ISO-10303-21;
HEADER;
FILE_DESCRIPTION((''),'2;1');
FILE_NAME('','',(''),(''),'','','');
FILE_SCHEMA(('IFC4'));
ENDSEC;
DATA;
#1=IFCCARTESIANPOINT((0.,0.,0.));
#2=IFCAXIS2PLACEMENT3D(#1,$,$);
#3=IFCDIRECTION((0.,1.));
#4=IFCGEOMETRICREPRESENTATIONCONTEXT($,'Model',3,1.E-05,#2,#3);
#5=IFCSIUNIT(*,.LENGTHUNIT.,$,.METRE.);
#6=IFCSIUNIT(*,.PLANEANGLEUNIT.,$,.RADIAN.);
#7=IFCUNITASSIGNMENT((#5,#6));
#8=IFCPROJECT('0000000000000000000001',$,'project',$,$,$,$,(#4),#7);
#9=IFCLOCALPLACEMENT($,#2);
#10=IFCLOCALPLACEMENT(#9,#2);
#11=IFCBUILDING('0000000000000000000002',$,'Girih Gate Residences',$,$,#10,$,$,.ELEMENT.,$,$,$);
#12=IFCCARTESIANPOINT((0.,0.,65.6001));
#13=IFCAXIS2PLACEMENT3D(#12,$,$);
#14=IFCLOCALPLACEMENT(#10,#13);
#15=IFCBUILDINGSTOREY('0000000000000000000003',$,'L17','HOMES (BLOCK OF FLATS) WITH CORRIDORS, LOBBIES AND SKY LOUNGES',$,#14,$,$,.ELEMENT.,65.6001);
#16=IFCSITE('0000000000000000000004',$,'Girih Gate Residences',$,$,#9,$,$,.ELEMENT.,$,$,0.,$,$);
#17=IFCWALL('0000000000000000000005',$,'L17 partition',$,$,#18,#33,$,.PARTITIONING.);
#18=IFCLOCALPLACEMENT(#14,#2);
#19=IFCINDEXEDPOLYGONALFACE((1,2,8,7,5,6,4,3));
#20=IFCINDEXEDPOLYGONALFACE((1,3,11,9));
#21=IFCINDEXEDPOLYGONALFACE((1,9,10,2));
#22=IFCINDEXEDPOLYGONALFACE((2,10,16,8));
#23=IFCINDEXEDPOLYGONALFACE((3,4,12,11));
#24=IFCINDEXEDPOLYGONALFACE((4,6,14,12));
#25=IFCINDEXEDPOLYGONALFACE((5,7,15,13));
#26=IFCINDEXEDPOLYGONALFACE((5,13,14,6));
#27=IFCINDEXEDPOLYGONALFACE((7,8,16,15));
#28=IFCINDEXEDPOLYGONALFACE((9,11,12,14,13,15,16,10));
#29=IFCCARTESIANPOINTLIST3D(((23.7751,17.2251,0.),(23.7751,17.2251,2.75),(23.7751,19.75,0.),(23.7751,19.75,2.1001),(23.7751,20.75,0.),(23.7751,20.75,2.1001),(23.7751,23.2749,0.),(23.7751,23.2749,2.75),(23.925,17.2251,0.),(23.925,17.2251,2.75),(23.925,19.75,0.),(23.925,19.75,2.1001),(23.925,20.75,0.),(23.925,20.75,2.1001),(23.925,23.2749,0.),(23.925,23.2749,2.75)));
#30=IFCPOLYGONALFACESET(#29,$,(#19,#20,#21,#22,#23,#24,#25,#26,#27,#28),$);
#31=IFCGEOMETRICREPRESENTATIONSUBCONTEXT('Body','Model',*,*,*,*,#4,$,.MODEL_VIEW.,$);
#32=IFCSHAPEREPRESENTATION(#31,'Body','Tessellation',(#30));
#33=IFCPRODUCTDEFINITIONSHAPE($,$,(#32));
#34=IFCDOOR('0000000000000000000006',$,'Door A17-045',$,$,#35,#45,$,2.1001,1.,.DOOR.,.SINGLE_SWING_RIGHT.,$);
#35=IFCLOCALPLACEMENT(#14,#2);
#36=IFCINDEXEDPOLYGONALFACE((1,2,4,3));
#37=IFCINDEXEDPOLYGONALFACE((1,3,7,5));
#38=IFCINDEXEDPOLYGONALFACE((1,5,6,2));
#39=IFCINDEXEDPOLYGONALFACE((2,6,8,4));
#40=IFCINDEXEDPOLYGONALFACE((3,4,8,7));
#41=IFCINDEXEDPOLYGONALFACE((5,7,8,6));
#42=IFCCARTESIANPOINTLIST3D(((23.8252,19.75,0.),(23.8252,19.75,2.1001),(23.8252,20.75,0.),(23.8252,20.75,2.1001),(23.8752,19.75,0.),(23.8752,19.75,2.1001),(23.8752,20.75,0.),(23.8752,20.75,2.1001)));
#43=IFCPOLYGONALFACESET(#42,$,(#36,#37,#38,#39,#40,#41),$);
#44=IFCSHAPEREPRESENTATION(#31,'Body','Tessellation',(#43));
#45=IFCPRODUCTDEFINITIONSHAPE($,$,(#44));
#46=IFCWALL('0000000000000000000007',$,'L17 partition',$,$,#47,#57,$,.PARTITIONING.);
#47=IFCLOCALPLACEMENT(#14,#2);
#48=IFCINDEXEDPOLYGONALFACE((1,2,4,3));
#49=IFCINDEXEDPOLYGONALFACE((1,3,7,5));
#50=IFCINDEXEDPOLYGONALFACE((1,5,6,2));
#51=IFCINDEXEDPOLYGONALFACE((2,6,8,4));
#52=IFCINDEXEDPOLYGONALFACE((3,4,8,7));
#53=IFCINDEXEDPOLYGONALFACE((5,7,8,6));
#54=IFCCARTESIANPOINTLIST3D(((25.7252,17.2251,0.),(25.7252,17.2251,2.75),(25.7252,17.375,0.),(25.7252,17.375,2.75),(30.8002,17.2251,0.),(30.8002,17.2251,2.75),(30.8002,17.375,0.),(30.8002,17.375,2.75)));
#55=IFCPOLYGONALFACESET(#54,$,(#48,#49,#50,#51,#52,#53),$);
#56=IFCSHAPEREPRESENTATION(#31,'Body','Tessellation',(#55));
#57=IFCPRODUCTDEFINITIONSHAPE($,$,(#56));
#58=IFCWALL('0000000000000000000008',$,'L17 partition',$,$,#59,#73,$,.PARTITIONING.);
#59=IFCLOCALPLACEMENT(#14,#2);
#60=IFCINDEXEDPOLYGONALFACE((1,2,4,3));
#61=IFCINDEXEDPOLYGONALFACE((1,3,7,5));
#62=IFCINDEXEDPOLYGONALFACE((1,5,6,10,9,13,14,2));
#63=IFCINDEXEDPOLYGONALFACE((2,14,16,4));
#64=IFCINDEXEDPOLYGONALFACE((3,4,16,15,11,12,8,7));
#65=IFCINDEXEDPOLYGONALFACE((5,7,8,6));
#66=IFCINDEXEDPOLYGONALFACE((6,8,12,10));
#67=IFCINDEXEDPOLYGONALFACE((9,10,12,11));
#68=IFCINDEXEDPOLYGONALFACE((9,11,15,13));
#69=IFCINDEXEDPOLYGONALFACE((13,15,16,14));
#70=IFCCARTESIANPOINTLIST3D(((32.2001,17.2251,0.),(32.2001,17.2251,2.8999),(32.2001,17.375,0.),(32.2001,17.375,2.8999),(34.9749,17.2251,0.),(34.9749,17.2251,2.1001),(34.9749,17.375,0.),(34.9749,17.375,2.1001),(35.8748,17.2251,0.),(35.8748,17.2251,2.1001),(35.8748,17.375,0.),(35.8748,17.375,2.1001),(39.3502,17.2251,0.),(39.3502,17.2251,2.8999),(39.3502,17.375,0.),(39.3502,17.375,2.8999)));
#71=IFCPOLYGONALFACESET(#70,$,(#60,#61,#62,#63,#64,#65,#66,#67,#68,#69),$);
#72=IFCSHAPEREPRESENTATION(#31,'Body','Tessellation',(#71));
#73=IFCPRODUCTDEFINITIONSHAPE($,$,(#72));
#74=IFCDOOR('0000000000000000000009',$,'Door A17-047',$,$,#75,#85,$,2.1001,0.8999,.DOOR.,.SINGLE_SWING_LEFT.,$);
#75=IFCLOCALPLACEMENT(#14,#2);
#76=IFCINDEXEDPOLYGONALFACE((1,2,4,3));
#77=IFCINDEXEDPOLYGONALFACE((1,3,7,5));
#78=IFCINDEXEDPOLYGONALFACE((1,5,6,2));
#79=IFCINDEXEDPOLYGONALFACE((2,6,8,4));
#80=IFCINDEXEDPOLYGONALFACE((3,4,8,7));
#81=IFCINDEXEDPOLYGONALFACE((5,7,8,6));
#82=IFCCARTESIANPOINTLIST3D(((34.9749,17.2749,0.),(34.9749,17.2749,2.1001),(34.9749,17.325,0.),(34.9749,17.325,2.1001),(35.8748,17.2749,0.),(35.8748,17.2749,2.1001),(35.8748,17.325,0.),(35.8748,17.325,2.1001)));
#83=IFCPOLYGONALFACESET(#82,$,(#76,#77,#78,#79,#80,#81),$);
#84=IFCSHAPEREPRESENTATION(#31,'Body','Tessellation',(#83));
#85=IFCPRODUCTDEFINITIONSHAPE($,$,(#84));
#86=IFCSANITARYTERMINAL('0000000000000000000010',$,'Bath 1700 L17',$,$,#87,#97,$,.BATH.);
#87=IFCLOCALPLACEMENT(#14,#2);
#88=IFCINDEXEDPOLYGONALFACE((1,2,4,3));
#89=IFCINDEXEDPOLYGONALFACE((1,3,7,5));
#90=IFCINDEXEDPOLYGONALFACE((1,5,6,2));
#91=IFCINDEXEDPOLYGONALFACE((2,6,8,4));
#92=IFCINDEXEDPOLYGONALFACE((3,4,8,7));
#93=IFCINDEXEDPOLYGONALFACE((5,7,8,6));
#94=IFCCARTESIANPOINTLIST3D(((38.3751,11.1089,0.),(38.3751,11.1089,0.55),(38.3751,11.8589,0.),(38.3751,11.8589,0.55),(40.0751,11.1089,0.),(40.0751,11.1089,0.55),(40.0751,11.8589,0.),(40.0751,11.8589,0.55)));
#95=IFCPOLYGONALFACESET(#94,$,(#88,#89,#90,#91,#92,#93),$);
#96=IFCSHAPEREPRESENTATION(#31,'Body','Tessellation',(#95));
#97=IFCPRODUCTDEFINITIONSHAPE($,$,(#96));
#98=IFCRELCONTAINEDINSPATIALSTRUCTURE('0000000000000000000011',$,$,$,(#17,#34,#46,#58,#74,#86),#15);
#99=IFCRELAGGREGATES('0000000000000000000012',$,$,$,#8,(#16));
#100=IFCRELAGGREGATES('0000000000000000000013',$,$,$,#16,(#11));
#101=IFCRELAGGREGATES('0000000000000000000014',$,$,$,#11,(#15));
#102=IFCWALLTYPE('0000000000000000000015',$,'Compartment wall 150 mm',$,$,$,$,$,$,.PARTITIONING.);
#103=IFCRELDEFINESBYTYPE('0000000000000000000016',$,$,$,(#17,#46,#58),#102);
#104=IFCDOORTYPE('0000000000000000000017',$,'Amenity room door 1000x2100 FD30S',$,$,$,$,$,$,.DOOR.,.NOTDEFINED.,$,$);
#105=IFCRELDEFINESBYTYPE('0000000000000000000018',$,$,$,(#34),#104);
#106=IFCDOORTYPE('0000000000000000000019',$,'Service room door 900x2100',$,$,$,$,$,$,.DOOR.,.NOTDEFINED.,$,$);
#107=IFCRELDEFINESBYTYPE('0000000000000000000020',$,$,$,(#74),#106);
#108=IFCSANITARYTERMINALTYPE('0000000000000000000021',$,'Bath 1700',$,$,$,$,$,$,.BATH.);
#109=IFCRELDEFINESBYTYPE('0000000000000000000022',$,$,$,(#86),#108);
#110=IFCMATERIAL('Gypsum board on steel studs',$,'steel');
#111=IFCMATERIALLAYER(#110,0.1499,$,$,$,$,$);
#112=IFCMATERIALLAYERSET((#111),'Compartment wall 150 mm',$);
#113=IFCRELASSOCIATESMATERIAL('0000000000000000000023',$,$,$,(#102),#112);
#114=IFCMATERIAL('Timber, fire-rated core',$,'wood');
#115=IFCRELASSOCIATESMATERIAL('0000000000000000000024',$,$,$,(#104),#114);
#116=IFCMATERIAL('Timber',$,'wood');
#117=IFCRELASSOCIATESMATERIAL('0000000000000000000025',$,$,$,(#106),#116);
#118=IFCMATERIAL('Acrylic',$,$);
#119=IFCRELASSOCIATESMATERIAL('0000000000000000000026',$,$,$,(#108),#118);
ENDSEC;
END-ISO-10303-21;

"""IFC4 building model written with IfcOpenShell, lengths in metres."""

from ifc_helpers import new_model, si_unit, direction, frame, frame_2d, origin, origin_2d, place, context, subcontext, project, spatial, rectangle, extrude, material, layer, layer_set, type_object, element, fill, save


model = new_model("IFC4")

# Units and contexts
model_context = context("Model", 3, precision=1e-05, world=origin(), true_north=direction((0.0, 1.0)))
body_context = subcontext(model_context, "Body", "Model", "MODEL_VIEW")
ifc_project = project(units=[si_unit("LENGTHUNIT", "METRE"), si_unit("PLANEANGLEUNIT", "RADIAN")], contexts=[model_context])

# Site, building, storey
site_placement = place(None, origin())
site = spatial("IfcSite", under=ifc_project, at=site_placement, Name="Girih Gate Residences", CompositionType="ELEMENT", RefElevation=0.0)
building_placement = place(site_placement, origin())
building = spatial("IfcBuilding", under=site, at=building_placement, Name="Girih Gate Residences", CompositionType="ELEMENT")
storey_placement = place(building_placement, frame((0.0, 0.0, 65.6001)))
storey = spatial("IfcBuildingStorey", under=building, at=storey_placement, Name="L17", Description="HOMES (BLOCK OF FLATS) WITH CORRIDORS, LOBBIES AND SKY LOUNGES", CompositionType="ELEMENT", Elevation=65.6001)

# Shared definitions
ifc_material_1 = material(Name="Gypsum board on steel studs", Category="steel")

# Shared definitions
ifc_layer_1 = layer(ifc_material_1, 0.1499)
ifc_layer_set_1 = layer_set([ifc_layer_1], Name="Compartment wall 150 mm")
wall_type_1 = type_object("IfcWallType", Name="Compartment wall 150 mm", PredefinedType="PARTITIONING", material=ifc_layer_set_1)
ifc_material_2 = material(Name="Timber, fire-rated core", Category="wood")

# Wall, opening, door
door_type_1 = type_object("IfcDoorType", Name="Amenity room door 1000x2100 FD30S", OperationType="NOTDEFINED", PredefinedType="DOOR", material=ifc_material_2)
wall_1_placement = place(storey_placement, frame((23.8501, 17.2251, 0.0), z_axis=(0.0, 0.0, 1.0), x_axis=(0.0, 1.0, 0.0)))
wall_1 = element("IfcWall", 1, at=wall_1_placement, inside=storey, type_object=wall_type_1, Name="L17 partition", PredefinedType="PARTITIONING", context=body_context, shape_type="SweptSolid", body=[
    extrude(rectangle(XDim=6.0498, YDim=0.1499, at=frame_2d((3.0249, 0.0))), origin(), (0.0, 0.0, 1.0), 2.75),
])
opening_1_placement = place(wall_1_placement, frame((2.5249, 0.0, 0.0)))
opening_1 = element("IfcOpeningElement", 2, at=opening_1_placement, cuts=wall_1, PredefinedType="OPENING", context=body_context, shape_type="SweptSolid", body=[
    extrude(rectangle(XDim=1.0, YDim=2.1001, at=frame_2d((0.5, 1.05))), frame((0.0, 0.085, 0.0), z_axis=(0.0, -1.0, 0.0), x_axis=(1.0, 0.0, 0.0)), (0.0, 0.0, 1.0), 0.1699),
])
door_1_placement = place(opening_1_placement, origin())
door_1 = element("IfcDoor", 3, at=door_1_placement, inside=storey, type_object=door_type_1, Name="Door A17-045", OperationType="SINGLE_SWING_RIGHT", OverallHeight=2.1001, OverallWidth=1.0, PredefinedType="DOOR", context=body_context, shape_type="SweptSolid", body=[
    extrude(rectangle(XDim=1.0, YDim=2.1001, at=frame_2d((0.5, 1.05))), frame((0.0, 0.0249, 0.0), z_axis=(0.0, -1.0, 0.0), x_axis=(1.0, 0.0, 0.0)), (0.0, 0.0, 1.0), 0.05),
])
fill(opening_1, door_1)

# Wall
wall_2_placement = place(storey_placement, frame((25.7251, 17.3, 0.0), z_axis=(0.0, 0.0, 1.0), x_axis=(1.0, 0.0, 0.0)))
element("IfcWall", 4, at=wall_2_placement, inside=storey, type_object=wall_type_1, Name="L17 partition", PredefinedType="PARTITIONING", context=body_context, shape_type="SweptSolid", body=[
    extrude(rectangle(XDim=5.075, YDim=0.1499, at=frame_2d((2.5376, 0.0))), origin(), (0.0, 0.0, 1.0), 2.75),
])

# Wall, opening, door
wall_3_placement = place(storey_placement, frame((32.2, 17.3, 0.0), z_axis=(0.0, 0.0, 1.0), x_axis=(1.0, 0.0, 0.0)))
wall_3 = element("IfcWall", 5, at=wall_3_placement, inside=storey, type_object=wall_type_1, Name="L17 partition", PredefinedType="PARTITIONING", context=body_context, shape_type="SweptSolid", body=[
    extrude(rectangle(XDim=7.1501, YDim=0.1499, at=frame_2d((3.5752, 0.0))), origin(), (0.0, 0.0, 1.0), 2.8999),
])
opening_2_placement = place(wall_3_placement, frame((2.7749, 0.0, 0.0)))
opening_2 = element("IfcOpeningElement", 6, at=opening_2_placement, cuts=wall_3, PredefinedType="OPENING", context=body_context, shape_type="SweptSolid", body=[
    extrude(rectangle(XDim=0.8999, YDim=2.1001, at=frame_2d((0.45, 1.05))), frame((0.0, 0.085, 0.0), z_axis=(0.0, -1.0, 0.0), x_axis=(1.0, 0.0, 0.0)), (0.0, 0.0, 1.0), 0.1699),
])
ifc_material_3 = material(Name="Timber", Category="wood")
door_type_2 = type_object("IfcDoorType", Name="Service room door 900x2100", OperationType="NOTDEFINED", PredefinedType="DOOR", material=ifc_material_3)
door_2_placement = place(opening_2_placement, origin())
door_2 = element("IfcDoor", 7, at=door_2_placement, inside=storey, type_object=door_type_2, Name="Door A17-047", OperationType="SINGLE_SWING_LEFT", OverallHeight=2.1001, OverallWidth=0.8999, PredefinedType="DOOR", context=body_context, shape_type="SweptSolid", body=[
    extrude(rectangle(XDim=0.8999, YDim=2.1001, at=frame_2d((0.45, 1.05))), frame((0.0, 0.0249, 0.0), z_axis=(0.0, -1.0, 0.0), x_axis=(1.0, 0.0, 0.0)), (0.0, 0.0, 1.0), 0.05),
])
fill(opening_2, door_2)

# Sanitary terminal
ifc_material_4 = material(Name="Acrylic")
sanitary_terminal_type = type_object("IfcSanitaryTerminalType", Name="Bath 1700", PredefinedType="BATH", material=ifc_material_4)
sanitary_terminal_placement = place(storey_placement, frame((39.2251, 11.4839, 0.0), z_axis=(0.0, 0.0, 1.0), x_axis=(1.0, 0.0, 0.0)))
element("IfcSanitaryTerminal", 8, at=sanitary_terminal_placement, inside=storey, type_object=sanitary_terminal_type, Name="Bath 1700 L17", PredefinedType="BATH", context=body_context, shape_type="SweptSolid", body=[
    extrude(rectangle(XDim=1.7, YDim=0.75, at=origin_2d()), origin(), (0.0, 0.0, 1.0), 0.55),
])

save(model, "model.ifc")
